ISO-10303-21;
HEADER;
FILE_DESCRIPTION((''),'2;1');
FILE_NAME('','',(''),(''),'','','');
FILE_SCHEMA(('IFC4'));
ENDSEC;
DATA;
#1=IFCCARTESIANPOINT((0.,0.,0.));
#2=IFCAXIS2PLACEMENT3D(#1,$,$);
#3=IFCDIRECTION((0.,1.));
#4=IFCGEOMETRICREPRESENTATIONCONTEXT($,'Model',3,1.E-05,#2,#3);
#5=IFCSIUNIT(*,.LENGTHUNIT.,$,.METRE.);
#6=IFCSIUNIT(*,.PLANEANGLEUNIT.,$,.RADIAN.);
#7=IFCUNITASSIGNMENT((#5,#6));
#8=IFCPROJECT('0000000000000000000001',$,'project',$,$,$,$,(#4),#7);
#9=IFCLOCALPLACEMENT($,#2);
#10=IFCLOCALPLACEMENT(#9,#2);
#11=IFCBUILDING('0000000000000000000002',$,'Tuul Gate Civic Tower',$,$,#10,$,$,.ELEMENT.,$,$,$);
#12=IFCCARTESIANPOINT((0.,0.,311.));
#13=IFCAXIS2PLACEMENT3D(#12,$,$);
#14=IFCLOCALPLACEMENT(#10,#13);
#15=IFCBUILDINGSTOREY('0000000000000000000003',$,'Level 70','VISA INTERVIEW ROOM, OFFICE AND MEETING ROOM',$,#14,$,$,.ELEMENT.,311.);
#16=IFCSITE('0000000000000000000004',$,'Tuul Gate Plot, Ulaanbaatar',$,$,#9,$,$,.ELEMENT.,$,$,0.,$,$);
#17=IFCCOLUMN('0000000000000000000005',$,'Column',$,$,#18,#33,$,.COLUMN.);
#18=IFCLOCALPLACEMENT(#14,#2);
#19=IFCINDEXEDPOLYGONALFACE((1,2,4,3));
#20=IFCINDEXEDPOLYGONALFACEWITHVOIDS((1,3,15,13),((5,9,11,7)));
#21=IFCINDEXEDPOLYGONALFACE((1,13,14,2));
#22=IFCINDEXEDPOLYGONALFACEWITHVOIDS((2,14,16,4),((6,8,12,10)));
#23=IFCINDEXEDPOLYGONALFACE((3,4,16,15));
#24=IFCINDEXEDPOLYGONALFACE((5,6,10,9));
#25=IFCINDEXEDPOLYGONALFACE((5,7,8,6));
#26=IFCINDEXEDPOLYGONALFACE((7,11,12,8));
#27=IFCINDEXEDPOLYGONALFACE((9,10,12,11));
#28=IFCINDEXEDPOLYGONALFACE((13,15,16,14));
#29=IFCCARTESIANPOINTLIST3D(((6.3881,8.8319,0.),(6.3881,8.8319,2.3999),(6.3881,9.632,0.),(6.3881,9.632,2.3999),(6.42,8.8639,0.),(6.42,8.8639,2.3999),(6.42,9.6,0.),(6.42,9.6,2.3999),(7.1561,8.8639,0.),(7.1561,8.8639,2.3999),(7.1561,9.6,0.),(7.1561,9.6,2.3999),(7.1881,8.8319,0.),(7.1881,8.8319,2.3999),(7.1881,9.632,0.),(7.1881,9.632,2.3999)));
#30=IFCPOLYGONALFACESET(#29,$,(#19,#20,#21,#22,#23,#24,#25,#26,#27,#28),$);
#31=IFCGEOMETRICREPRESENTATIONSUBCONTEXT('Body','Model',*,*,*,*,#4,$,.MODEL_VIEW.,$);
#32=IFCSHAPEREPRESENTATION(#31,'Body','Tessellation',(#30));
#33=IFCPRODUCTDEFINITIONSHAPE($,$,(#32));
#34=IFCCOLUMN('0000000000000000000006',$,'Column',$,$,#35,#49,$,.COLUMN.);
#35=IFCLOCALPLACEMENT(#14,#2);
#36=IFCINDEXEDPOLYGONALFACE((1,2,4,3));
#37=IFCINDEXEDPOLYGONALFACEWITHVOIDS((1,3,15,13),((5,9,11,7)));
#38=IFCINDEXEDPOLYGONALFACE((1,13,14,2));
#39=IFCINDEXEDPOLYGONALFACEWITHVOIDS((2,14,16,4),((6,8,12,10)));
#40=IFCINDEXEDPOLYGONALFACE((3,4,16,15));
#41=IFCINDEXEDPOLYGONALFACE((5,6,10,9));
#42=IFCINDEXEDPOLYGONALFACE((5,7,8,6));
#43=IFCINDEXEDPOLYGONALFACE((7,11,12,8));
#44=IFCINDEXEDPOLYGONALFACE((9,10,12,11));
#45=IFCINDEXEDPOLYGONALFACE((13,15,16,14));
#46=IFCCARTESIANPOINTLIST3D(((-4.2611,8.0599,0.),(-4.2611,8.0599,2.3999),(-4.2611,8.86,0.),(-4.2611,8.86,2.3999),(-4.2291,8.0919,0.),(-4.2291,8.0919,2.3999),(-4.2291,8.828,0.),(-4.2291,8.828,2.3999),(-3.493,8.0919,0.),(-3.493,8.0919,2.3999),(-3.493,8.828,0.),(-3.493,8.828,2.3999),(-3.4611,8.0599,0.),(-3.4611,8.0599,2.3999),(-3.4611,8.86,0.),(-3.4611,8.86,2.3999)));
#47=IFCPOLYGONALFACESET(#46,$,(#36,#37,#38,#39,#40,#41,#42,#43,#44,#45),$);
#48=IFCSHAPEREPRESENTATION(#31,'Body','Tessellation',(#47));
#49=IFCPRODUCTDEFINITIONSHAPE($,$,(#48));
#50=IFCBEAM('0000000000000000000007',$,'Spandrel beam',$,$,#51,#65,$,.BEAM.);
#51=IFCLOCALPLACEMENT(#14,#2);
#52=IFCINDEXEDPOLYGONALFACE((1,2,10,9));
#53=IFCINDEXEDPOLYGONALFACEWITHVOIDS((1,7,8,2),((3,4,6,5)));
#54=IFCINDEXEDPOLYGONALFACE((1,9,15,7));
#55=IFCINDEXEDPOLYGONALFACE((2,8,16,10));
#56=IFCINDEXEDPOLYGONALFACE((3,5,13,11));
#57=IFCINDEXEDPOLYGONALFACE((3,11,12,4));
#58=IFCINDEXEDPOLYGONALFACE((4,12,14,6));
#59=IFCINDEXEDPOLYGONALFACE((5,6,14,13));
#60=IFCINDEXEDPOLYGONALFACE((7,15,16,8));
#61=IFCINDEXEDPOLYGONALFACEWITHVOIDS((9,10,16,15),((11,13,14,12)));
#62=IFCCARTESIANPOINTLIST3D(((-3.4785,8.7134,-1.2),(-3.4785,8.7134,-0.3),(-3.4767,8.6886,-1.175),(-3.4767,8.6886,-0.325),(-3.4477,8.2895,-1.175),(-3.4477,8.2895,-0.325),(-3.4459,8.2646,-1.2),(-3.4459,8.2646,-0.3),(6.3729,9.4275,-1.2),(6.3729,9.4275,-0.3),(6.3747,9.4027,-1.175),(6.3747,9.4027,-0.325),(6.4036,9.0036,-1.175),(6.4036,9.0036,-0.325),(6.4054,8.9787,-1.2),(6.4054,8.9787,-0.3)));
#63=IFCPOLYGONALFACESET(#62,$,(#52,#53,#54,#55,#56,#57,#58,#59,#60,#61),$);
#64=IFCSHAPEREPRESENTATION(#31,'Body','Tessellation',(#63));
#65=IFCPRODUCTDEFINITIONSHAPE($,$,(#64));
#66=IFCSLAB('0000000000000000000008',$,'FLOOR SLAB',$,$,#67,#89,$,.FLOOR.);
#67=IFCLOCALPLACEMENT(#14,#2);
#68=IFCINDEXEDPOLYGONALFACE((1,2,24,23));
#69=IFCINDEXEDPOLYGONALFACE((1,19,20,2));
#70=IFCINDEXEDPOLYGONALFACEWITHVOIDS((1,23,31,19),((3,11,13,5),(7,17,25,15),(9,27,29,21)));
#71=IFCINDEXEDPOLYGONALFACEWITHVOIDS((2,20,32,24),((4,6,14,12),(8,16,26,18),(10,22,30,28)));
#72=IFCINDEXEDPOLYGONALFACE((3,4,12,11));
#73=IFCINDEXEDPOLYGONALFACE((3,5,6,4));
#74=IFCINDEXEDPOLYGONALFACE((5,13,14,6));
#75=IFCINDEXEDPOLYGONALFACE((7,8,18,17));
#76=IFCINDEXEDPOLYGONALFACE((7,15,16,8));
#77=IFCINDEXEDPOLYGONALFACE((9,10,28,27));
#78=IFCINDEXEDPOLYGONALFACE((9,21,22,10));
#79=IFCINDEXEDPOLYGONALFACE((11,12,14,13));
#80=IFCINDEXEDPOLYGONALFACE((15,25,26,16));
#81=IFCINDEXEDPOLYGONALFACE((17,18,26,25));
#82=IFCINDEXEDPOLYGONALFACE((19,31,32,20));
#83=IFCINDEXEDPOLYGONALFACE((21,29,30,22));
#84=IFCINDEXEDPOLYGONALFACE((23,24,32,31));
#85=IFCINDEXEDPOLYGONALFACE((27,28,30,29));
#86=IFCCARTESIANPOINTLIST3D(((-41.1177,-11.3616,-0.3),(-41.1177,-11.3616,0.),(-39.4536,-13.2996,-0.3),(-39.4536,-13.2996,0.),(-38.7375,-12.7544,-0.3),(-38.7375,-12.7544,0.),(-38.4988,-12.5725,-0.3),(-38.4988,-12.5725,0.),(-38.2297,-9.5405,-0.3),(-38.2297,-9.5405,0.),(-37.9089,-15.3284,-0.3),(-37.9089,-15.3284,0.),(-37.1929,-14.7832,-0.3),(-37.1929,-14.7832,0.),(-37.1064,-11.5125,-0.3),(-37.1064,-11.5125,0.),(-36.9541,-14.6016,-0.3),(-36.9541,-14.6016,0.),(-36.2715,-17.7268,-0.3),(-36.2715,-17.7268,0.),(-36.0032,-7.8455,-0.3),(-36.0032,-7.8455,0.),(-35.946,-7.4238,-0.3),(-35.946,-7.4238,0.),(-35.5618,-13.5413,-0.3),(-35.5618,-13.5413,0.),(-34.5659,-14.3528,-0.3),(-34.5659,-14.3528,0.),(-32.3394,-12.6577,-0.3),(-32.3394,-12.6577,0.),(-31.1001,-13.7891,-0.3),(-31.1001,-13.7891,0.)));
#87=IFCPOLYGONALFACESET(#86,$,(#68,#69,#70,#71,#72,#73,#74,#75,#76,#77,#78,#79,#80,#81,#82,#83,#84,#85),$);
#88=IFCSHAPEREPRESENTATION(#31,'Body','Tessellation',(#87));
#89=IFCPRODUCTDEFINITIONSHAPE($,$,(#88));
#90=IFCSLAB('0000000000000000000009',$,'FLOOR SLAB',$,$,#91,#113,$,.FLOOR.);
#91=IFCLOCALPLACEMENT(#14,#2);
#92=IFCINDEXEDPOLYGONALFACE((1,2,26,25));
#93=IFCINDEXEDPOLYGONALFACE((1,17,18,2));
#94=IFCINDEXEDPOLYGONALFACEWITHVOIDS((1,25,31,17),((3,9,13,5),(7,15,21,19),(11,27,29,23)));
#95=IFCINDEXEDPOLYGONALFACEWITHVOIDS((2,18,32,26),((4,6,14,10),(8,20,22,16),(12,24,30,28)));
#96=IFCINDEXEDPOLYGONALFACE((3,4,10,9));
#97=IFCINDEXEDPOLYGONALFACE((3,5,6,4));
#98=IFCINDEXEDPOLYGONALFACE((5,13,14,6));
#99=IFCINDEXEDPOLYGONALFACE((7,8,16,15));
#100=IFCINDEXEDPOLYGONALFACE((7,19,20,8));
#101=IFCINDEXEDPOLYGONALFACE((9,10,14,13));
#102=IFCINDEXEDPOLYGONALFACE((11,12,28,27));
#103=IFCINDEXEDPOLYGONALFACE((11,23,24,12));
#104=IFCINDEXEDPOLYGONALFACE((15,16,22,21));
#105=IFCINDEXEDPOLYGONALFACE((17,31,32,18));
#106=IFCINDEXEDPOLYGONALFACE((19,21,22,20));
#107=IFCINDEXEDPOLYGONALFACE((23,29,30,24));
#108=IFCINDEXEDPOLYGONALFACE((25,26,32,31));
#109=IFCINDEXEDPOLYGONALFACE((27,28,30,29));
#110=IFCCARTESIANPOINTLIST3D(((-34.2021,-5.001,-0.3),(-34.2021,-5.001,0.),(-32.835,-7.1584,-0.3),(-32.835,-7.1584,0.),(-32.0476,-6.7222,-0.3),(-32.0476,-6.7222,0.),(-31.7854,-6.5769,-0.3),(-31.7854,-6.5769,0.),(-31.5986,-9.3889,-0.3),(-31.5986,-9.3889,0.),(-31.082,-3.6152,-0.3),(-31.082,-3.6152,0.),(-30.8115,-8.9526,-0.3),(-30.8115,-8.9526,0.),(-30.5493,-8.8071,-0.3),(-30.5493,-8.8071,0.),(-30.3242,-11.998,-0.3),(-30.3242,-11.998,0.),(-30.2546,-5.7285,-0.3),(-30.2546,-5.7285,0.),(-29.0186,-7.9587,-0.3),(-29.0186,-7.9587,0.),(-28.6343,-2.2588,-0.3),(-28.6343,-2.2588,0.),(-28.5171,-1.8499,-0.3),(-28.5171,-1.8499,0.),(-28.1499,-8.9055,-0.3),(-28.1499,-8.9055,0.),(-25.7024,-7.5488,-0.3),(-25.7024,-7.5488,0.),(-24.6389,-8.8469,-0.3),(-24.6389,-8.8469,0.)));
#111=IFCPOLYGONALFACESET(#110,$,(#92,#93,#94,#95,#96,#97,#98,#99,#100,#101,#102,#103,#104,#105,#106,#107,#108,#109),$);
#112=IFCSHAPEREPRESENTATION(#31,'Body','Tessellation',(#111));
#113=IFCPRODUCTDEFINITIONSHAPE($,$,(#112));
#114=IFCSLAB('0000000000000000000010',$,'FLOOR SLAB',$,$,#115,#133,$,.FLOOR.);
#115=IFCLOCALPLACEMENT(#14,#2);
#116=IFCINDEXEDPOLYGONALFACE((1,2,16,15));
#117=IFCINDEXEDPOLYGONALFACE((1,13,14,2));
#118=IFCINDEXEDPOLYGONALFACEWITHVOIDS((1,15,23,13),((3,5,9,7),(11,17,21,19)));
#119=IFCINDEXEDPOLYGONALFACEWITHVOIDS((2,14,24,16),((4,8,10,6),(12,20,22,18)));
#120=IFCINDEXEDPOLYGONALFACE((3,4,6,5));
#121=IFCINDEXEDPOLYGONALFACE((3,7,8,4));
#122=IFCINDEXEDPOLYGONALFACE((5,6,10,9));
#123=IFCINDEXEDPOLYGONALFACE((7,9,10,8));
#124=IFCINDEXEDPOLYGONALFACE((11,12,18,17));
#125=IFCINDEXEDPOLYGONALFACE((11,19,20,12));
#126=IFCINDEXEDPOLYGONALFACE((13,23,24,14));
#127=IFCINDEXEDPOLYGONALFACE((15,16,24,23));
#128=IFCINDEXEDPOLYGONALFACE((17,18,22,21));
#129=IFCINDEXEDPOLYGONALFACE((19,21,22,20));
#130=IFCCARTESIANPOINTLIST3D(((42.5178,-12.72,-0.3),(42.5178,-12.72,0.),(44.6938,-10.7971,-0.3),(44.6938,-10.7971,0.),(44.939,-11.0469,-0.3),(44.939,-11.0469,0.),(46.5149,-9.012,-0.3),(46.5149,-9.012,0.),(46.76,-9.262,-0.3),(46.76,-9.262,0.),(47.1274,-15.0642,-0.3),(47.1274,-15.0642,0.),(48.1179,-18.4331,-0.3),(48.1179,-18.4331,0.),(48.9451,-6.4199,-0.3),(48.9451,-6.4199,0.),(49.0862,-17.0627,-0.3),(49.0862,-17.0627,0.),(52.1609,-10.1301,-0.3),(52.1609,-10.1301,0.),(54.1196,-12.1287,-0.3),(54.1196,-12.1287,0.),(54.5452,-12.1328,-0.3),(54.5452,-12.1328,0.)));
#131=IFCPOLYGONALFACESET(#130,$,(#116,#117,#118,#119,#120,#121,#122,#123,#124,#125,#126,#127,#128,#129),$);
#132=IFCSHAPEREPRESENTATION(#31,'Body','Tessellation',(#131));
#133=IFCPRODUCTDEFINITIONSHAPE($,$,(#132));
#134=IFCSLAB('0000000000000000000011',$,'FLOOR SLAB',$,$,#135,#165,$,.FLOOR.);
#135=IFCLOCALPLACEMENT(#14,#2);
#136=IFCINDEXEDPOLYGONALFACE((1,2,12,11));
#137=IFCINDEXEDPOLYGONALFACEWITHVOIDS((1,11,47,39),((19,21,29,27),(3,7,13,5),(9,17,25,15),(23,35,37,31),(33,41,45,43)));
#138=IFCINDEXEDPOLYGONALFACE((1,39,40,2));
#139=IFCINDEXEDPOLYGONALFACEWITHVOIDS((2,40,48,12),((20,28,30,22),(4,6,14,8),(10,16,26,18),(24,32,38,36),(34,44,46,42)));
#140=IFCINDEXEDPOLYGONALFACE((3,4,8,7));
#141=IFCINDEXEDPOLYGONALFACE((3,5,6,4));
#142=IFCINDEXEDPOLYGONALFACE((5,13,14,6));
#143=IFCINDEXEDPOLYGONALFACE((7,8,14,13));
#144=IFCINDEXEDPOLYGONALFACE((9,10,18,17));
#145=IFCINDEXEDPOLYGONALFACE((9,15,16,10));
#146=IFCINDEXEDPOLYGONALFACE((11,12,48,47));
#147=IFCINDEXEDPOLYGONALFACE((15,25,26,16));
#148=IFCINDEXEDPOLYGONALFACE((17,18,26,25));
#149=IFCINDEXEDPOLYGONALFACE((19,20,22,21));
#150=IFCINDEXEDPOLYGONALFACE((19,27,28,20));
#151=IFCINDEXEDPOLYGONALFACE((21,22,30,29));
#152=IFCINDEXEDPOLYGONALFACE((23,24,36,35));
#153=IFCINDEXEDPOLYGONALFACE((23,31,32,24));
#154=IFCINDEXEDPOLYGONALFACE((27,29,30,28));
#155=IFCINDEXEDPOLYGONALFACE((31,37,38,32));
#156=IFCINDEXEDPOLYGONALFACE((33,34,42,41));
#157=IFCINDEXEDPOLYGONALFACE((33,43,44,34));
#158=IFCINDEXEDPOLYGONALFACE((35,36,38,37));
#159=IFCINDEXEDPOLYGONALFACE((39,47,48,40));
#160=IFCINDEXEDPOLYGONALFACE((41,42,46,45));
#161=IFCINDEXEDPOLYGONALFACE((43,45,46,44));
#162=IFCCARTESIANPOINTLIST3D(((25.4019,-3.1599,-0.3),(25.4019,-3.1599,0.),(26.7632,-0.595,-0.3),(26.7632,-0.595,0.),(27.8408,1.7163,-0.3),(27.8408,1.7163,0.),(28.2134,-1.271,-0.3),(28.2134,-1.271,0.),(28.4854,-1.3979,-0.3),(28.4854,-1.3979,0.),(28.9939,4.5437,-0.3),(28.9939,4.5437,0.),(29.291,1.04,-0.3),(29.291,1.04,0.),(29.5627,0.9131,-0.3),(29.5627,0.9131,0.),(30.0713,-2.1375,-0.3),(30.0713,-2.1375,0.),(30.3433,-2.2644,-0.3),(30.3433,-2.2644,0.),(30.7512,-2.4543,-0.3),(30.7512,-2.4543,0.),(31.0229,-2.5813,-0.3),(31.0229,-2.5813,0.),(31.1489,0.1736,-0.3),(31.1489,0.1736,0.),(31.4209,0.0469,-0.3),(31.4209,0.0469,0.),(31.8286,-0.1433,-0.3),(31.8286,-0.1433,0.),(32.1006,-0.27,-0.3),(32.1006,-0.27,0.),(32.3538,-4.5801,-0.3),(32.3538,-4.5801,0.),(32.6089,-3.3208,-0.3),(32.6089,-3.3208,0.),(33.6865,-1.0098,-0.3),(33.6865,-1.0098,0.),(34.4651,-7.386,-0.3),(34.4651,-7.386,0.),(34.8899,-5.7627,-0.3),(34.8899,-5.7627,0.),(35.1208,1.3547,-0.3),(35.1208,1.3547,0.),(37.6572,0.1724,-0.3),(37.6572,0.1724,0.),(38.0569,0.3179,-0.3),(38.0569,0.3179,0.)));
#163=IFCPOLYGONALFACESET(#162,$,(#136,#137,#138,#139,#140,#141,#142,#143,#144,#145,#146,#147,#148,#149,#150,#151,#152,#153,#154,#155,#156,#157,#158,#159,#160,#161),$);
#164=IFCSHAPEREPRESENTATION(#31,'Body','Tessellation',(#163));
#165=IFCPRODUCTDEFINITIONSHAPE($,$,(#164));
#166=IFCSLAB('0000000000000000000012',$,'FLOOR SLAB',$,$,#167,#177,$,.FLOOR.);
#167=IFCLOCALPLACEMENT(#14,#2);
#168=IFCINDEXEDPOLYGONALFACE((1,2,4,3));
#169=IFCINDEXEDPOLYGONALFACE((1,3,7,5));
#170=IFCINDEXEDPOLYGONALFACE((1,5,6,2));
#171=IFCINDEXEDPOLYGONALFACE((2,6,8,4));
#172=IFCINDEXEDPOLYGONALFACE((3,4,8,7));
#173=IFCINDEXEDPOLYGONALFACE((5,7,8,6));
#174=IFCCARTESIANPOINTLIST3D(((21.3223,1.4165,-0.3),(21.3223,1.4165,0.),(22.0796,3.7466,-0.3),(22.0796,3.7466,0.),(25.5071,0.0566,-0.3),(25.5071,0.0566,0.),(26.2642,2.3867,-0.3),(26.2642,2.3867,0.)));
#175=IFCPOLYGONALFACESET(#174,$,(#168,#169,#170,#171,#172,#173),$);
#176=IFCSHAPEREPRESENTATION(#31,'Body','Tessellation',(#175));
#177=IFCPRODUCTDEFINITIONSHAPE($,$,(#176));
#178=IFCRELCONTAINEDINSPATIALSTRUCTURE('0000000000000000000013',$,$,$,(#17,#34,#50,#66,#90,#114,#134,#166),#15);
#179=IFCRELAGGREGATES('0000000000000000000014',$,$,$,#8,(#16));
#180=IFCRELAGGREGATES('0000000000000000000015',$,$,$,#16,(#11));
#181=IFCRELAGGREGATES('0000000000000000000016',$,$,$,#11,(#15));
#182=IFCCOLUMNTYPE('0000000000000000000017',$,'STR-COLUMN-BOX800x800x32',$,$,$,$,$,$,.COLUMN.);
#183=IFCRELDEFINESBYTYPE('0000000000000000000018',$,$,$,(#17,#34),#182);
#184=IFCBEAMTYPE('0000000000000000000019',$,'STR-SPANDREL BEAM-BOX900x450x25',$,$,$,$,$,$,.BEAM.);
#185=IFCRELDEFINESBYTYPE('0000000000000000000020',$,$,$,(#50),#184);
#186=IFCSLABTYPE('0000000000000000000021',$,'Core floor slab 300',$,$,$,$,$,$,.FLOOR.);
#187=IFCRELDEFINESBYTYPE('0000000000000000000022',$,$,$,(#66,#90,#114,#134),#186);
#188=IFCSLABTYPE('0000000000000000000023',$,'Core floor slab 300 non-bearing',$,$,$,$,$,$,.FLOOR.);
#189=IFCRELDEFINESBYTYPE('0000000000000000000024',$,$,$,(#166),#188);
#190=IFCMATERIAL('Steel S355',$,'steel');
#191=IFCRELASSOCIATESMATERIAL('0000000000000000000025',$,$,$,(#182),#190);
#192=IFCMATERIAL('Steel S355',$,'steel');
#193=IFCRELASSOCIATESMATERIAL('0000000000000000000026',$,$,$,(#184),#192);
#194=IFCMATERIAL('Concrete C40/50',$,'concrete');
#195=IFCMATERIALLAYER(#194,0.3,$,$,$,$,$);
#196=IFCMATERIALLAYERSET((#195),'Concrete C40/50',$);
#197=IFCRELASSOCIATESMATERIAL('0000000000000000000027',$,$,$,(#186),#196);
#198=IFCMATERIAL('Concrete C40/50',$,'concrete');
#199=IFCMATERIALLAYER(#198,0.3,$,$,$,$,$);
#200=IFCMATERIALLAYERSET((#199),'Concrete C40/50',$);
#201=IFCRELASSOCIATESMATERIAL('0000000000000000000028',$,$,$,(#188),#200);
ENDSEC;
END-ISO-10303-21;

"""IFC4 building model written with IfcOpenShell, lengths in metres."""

from ifc_helpers import new_model, si_unit, direction, frame, origin, origin_2d, place, context, subcontext, project, spatial, polyline, hollow_rectangle, outline, extrude, material, layer, layer_set, material_profile, profile_set, type_object, element, save


model = new_model("IFC4")

# Units and contexts
model_context = context("Model", 3, precision=1e-05, world=origin(), true_north=direction((0.0, 1.0)))
body_context = subcontext(model_context, "Body", "Model", "MODEL_VIEW")
ifc_project = project(units=[si_unit("LENGTHUNIT", "METRE"), si_unit("PLANEANGLEUNIT", "RADIAN")], contexts=[model_context])

# Site, building, storey
site_placement = place(None, origin())
site = spatial("IfcSite", under=ifc_project, at=site_placement, Name="Tuul Gate Plot, Ulaanbaatar", CompositionType="ELEMENT", RefElevation=0.0)
building_placement = place(site_placement, origin())
building = spatial("IfcBuilding", under=site, at=building_placement, Name="Tuul Gate Civic Tower", CompositionType="ELEMENT")
storey_placement = place(building_placement, frame((0.0, 0.0, 311.0)))
storey = spatial("IfcBuildingStorey", under=building, at=storey_placement, Name="Level 70", Description="VISA INTERVIEW ROOM, OFFICE AND MEETING ROOM", CompositionType="ELEMENT", Elevation=311.0)

# Columns
ifc_material_1 = material(Name="Steel S355", Category="steel")
ifc_material_profile_1 = material_profile(ifc_material_1, hollow_rectangle(XDim=0.8, YDim=0.8, WallThickness=0.032, at=origin_2d()), Name="BOX800x800x32")
ifc_profile_set_1 = profile_set([ifc_material_profile_1], Name="Steel S355")
column_type = type_object("IfcColumnType", Name="STR-COLUMN-BOX800x800x32", PredefinedType="COLUMN", material=ifc_profile_set_1)
for number, where, z_axis, x_axis, name in (
    (1, (6.7881, 9.2319, 0.0), (0.0, 0.0, 1.0), (1.0, 0.0, 0.0), "Column"),
    (2, (-3.8611, 8.46, 0.0), (0.0, 0.0, 1.0), (1.0, 0.0, 0.0), "Column"),
):
    element("IfcColumn", number, at=place(storey_placement, frame(where, z_axis=z_axis, x_axis=x_axis)), inside=storey, type_object=column_type, Name=name, PredefinedType="COLUMN", context=body_context, shape_type="SweptSolid", body=[
        extrude(hollow_rectangle(XDim=0.8, YDim=0.8, WallThickness=0.032, at=origin_2d()), origin(), (0.0, 0.0, 1.0), 2.3999),
    ])

# Beam
ifc_material_2 = material(Name="Steel S355", Category="steel")
ifc_material_profile_2 = material_profile(ifc_material_2, hollow_rectangle(XDim=0.45, YDim=0.8999, WallThickness=0.0249, at=origin_2d()), Name="BOX900x450x25")
ifc_profile_set_2 = profile_set([ifc_material_profile_2], Name="Steel S355")
beam_type = type_object("IfcBeamType", Name="STR-SPANDREL BEAM-BOX900x450x25", PredefinedType="BEAM", material=ifc_profile_set_2)
beam_placement = place(storey_placement, frame((6.3892, 9.2031, -0.75), z_axis=(-0.997383, -0.072299, 0.0), x_axis=(0.072299, -0.997383, 0.0)))
element("IfcBeam", 3, at=beam_placement, inside=storey, type_object=beam_type, Name="Spandrel beam", PredefinedType="BEAM", context=body_context, shape_type="SweptSolid", body=[
    extrude(hollow_rectangle(XDim=0.45, YDim=0.8999, WallThickness=0.0249, at=origin_2d()), origin(), (0.0, 0.0, 1.0), 9.8772),
])

# Slabs
ifc_material_3 = material(Name="Concrete C40/50", Category="concrete")
ifc_layer_1 = layer(ifc_material_3, 0.3)
ifc_layer_set_1 = layer_set([ifc_layer_1], Name="Concrete C40/50")
slab_type_1 = type_object("IfcSlabType", Name="Core floor slab 300", PredefinedType="FLOOR", material=ifc_layer_set_1)
slab_1_placement = place(storey_placement, frame((0.0, 0.0, -0.3)))
element("IfcSlab", 4, at=slab_1_placement, inside=storey, type_object=slab_type_1, Name="FLOOR SLAB", PredefinedType="FLOOR", context=body_context, shape_type="SweptSolid", body=[
    extrude(outline(polyline([(-31.1001, -13.7891), (-35.946, -7.4238), (-41.1177, -11.3616), (-36.2715, -17.7268), (-31.1001, -13.7891)]), holes=[polyline([(-35.5618, -13.5413), (-37.1064, -11.5125), (-38.4988, -12.5725), (-36.9541, -14.6016), (-35.5618, -13.5413)]), polyline([(-37.1929, -14.7832), (-38.7375, -12.7544), (-39.4536, -13.2996), (-37.9089, -15.3284), (-37.1929, -14.7832)]), polyline([(-32.3394, -12.6577), (-34.5659, -14.3528), (-38.2297, -9.5405), (-36.0032, -7.8455), (-32.3394, -12.6577)])]), origin(), (0.0, 0.0, 1.0), 0.3),
])
slab_2_placement = place(storey_placement, frame((0.0, 0.0, -0.3)))
element("IfcSlab", 5, at=slab_2_placement, inside=storey, type_object=slab_type_1, Name="FLOOR SLAB", PredefinedType="FLOOR", context=body_context, shape_type="SweptSolid", body=[
    extrude(outline(polyline([(-24.6389, -8.8469), (-28.5171, -1.8499), (-34.2021, -5.001), (-30.3242, -11.998), (-24.6389, -8.8469)]), holes=[polyline([(-29.0186, -7.9587), (-30.2546, -5.7285), (-31.7854, -6.5769), (-30.5493, -8.8071), (-29.0186, -7.9587)]), polyline([(-30.8115, -8.9526), (-32.0476, -6.7222), (-32.835, -7.1584), (-31.5986, -9.3889), (-30.8115, -8.9526)]), polyline([(-25.7024, -7.5488), (-28.1499, -8.9055), (-31.082, -3.6152), (-28.6343, -2.2588), (-25.7024, -7.5488)])]), origin(), (0.0, 0.0, 1.0), 0.3),
])
slab_3_placement = place(storey_placement, frame((0.0, 0.0, -0.3)))
element("IfcSlab", 6, at=slab_3_placement, inside=storey, type_object=slab_type_1, Name="FLOOR SLAB", PredefinedType="FLOOR", context=body_context, shape_type="SweptSolid", body=[
    extrude(outline(polyline([(48.1179, -18.4331), (54.5452, -12.1328), (48.9451, -6.4199), (42.5178, -12.72), (48.1179, -18.4331)]), holes=[polyline([(44.939, -11.0469), (46.76, -9.262), (46.5149, -9.012), (44.6938, -10.7971), (44.939, -11.0469)]), polyline([(49.0862, -17.0627), (47.1274, -15.0642), (52.1609, -10.1301), (54.1196, -12.1287), (49.0862, -17.0627)])]), origin(), (0.0, 0.0, 1.0), 0.3),
])
slab_4_placement = place(storey_placement, frame((0.0, 0.0, -0.3)))
element("IfcSlab", 7, at=slab_4_placement, inside=storey, type_object=slab_type_1, Name="FLOOR SLAB", PredefinedType="FLOOR", context=body_context, shape_type="SweptSolid", body=[
    extrude(outline(polyline([(34.4651, -7.386), (38.0569, 0.3179), (28.9939, 4.5437), (25.4019, -3.1599), (34.4651, -7.386)]), holes=[polyline([(32.6089, -3.3208), (33.6865, -1.0098), (32.1006, -0.27), (31.0229, -2.5813), (32.6089, -3.3208)]), polyline([(30.0713, -2.1375), (31.1489, 0.1736), (29.5627, 0.9131), (28.4854, -1.3979), (30.0713, -2.1375)]), polyline([(30.7512, -2.4543), (31.8286, -0.1433), (31.4209, 0.0469), (30.3433, -2.2644), (30.7512, -2.4543)]), polyline([(28.2134, -1.271), (29.291, 1.04), (27.8408, 1.7163), (26.7632, -0.595), (28.2134, -1.271)]), polyline([(34.8899, -5.7627), (32.3538, -4.5801), (35.1208, 1.3547), (37.6572, 0.1724), (34.8899, -5.7627)])]), origin(), (0.0, 0.0, 1.0), 0.3),
])
ifc_material_4 = material(Name="Concrete C40/50", Category="concrete")
ifc_layer_2 = layer(ifc_material_4, 0.3)
ifc_layer_set_2 = layer_set([ifc_layer_2], Name="Concrete C40/50")
slab_type_2 = type_object("IfcSlabType", Name="Core floor slab 300 non-bearing", PredefinedType="FLOOR", material=ifc_layer_set_2)
slab_5_placement = place(storey_placement, frame((0.0, 0.0, -0.3)))
element("IfcSlab", 8, at=slab_5_placement, inside=storey, type_object=slab_type_2, Name="FLOOR SLAB", PredefinedType="FLOOR", context=body_context, shape_type="SweptSolid", body=[
    extrude(outline(polyline([(21.3223, 1.4165), (22.0796, 3.7466), (26.2642, 2.3867), (25.5071, 0.0566), (21.3223, 1.4165)])), origin(), (0.0, 0.0, 1.0), 0.3),
])

save(model, "model.ifc")
